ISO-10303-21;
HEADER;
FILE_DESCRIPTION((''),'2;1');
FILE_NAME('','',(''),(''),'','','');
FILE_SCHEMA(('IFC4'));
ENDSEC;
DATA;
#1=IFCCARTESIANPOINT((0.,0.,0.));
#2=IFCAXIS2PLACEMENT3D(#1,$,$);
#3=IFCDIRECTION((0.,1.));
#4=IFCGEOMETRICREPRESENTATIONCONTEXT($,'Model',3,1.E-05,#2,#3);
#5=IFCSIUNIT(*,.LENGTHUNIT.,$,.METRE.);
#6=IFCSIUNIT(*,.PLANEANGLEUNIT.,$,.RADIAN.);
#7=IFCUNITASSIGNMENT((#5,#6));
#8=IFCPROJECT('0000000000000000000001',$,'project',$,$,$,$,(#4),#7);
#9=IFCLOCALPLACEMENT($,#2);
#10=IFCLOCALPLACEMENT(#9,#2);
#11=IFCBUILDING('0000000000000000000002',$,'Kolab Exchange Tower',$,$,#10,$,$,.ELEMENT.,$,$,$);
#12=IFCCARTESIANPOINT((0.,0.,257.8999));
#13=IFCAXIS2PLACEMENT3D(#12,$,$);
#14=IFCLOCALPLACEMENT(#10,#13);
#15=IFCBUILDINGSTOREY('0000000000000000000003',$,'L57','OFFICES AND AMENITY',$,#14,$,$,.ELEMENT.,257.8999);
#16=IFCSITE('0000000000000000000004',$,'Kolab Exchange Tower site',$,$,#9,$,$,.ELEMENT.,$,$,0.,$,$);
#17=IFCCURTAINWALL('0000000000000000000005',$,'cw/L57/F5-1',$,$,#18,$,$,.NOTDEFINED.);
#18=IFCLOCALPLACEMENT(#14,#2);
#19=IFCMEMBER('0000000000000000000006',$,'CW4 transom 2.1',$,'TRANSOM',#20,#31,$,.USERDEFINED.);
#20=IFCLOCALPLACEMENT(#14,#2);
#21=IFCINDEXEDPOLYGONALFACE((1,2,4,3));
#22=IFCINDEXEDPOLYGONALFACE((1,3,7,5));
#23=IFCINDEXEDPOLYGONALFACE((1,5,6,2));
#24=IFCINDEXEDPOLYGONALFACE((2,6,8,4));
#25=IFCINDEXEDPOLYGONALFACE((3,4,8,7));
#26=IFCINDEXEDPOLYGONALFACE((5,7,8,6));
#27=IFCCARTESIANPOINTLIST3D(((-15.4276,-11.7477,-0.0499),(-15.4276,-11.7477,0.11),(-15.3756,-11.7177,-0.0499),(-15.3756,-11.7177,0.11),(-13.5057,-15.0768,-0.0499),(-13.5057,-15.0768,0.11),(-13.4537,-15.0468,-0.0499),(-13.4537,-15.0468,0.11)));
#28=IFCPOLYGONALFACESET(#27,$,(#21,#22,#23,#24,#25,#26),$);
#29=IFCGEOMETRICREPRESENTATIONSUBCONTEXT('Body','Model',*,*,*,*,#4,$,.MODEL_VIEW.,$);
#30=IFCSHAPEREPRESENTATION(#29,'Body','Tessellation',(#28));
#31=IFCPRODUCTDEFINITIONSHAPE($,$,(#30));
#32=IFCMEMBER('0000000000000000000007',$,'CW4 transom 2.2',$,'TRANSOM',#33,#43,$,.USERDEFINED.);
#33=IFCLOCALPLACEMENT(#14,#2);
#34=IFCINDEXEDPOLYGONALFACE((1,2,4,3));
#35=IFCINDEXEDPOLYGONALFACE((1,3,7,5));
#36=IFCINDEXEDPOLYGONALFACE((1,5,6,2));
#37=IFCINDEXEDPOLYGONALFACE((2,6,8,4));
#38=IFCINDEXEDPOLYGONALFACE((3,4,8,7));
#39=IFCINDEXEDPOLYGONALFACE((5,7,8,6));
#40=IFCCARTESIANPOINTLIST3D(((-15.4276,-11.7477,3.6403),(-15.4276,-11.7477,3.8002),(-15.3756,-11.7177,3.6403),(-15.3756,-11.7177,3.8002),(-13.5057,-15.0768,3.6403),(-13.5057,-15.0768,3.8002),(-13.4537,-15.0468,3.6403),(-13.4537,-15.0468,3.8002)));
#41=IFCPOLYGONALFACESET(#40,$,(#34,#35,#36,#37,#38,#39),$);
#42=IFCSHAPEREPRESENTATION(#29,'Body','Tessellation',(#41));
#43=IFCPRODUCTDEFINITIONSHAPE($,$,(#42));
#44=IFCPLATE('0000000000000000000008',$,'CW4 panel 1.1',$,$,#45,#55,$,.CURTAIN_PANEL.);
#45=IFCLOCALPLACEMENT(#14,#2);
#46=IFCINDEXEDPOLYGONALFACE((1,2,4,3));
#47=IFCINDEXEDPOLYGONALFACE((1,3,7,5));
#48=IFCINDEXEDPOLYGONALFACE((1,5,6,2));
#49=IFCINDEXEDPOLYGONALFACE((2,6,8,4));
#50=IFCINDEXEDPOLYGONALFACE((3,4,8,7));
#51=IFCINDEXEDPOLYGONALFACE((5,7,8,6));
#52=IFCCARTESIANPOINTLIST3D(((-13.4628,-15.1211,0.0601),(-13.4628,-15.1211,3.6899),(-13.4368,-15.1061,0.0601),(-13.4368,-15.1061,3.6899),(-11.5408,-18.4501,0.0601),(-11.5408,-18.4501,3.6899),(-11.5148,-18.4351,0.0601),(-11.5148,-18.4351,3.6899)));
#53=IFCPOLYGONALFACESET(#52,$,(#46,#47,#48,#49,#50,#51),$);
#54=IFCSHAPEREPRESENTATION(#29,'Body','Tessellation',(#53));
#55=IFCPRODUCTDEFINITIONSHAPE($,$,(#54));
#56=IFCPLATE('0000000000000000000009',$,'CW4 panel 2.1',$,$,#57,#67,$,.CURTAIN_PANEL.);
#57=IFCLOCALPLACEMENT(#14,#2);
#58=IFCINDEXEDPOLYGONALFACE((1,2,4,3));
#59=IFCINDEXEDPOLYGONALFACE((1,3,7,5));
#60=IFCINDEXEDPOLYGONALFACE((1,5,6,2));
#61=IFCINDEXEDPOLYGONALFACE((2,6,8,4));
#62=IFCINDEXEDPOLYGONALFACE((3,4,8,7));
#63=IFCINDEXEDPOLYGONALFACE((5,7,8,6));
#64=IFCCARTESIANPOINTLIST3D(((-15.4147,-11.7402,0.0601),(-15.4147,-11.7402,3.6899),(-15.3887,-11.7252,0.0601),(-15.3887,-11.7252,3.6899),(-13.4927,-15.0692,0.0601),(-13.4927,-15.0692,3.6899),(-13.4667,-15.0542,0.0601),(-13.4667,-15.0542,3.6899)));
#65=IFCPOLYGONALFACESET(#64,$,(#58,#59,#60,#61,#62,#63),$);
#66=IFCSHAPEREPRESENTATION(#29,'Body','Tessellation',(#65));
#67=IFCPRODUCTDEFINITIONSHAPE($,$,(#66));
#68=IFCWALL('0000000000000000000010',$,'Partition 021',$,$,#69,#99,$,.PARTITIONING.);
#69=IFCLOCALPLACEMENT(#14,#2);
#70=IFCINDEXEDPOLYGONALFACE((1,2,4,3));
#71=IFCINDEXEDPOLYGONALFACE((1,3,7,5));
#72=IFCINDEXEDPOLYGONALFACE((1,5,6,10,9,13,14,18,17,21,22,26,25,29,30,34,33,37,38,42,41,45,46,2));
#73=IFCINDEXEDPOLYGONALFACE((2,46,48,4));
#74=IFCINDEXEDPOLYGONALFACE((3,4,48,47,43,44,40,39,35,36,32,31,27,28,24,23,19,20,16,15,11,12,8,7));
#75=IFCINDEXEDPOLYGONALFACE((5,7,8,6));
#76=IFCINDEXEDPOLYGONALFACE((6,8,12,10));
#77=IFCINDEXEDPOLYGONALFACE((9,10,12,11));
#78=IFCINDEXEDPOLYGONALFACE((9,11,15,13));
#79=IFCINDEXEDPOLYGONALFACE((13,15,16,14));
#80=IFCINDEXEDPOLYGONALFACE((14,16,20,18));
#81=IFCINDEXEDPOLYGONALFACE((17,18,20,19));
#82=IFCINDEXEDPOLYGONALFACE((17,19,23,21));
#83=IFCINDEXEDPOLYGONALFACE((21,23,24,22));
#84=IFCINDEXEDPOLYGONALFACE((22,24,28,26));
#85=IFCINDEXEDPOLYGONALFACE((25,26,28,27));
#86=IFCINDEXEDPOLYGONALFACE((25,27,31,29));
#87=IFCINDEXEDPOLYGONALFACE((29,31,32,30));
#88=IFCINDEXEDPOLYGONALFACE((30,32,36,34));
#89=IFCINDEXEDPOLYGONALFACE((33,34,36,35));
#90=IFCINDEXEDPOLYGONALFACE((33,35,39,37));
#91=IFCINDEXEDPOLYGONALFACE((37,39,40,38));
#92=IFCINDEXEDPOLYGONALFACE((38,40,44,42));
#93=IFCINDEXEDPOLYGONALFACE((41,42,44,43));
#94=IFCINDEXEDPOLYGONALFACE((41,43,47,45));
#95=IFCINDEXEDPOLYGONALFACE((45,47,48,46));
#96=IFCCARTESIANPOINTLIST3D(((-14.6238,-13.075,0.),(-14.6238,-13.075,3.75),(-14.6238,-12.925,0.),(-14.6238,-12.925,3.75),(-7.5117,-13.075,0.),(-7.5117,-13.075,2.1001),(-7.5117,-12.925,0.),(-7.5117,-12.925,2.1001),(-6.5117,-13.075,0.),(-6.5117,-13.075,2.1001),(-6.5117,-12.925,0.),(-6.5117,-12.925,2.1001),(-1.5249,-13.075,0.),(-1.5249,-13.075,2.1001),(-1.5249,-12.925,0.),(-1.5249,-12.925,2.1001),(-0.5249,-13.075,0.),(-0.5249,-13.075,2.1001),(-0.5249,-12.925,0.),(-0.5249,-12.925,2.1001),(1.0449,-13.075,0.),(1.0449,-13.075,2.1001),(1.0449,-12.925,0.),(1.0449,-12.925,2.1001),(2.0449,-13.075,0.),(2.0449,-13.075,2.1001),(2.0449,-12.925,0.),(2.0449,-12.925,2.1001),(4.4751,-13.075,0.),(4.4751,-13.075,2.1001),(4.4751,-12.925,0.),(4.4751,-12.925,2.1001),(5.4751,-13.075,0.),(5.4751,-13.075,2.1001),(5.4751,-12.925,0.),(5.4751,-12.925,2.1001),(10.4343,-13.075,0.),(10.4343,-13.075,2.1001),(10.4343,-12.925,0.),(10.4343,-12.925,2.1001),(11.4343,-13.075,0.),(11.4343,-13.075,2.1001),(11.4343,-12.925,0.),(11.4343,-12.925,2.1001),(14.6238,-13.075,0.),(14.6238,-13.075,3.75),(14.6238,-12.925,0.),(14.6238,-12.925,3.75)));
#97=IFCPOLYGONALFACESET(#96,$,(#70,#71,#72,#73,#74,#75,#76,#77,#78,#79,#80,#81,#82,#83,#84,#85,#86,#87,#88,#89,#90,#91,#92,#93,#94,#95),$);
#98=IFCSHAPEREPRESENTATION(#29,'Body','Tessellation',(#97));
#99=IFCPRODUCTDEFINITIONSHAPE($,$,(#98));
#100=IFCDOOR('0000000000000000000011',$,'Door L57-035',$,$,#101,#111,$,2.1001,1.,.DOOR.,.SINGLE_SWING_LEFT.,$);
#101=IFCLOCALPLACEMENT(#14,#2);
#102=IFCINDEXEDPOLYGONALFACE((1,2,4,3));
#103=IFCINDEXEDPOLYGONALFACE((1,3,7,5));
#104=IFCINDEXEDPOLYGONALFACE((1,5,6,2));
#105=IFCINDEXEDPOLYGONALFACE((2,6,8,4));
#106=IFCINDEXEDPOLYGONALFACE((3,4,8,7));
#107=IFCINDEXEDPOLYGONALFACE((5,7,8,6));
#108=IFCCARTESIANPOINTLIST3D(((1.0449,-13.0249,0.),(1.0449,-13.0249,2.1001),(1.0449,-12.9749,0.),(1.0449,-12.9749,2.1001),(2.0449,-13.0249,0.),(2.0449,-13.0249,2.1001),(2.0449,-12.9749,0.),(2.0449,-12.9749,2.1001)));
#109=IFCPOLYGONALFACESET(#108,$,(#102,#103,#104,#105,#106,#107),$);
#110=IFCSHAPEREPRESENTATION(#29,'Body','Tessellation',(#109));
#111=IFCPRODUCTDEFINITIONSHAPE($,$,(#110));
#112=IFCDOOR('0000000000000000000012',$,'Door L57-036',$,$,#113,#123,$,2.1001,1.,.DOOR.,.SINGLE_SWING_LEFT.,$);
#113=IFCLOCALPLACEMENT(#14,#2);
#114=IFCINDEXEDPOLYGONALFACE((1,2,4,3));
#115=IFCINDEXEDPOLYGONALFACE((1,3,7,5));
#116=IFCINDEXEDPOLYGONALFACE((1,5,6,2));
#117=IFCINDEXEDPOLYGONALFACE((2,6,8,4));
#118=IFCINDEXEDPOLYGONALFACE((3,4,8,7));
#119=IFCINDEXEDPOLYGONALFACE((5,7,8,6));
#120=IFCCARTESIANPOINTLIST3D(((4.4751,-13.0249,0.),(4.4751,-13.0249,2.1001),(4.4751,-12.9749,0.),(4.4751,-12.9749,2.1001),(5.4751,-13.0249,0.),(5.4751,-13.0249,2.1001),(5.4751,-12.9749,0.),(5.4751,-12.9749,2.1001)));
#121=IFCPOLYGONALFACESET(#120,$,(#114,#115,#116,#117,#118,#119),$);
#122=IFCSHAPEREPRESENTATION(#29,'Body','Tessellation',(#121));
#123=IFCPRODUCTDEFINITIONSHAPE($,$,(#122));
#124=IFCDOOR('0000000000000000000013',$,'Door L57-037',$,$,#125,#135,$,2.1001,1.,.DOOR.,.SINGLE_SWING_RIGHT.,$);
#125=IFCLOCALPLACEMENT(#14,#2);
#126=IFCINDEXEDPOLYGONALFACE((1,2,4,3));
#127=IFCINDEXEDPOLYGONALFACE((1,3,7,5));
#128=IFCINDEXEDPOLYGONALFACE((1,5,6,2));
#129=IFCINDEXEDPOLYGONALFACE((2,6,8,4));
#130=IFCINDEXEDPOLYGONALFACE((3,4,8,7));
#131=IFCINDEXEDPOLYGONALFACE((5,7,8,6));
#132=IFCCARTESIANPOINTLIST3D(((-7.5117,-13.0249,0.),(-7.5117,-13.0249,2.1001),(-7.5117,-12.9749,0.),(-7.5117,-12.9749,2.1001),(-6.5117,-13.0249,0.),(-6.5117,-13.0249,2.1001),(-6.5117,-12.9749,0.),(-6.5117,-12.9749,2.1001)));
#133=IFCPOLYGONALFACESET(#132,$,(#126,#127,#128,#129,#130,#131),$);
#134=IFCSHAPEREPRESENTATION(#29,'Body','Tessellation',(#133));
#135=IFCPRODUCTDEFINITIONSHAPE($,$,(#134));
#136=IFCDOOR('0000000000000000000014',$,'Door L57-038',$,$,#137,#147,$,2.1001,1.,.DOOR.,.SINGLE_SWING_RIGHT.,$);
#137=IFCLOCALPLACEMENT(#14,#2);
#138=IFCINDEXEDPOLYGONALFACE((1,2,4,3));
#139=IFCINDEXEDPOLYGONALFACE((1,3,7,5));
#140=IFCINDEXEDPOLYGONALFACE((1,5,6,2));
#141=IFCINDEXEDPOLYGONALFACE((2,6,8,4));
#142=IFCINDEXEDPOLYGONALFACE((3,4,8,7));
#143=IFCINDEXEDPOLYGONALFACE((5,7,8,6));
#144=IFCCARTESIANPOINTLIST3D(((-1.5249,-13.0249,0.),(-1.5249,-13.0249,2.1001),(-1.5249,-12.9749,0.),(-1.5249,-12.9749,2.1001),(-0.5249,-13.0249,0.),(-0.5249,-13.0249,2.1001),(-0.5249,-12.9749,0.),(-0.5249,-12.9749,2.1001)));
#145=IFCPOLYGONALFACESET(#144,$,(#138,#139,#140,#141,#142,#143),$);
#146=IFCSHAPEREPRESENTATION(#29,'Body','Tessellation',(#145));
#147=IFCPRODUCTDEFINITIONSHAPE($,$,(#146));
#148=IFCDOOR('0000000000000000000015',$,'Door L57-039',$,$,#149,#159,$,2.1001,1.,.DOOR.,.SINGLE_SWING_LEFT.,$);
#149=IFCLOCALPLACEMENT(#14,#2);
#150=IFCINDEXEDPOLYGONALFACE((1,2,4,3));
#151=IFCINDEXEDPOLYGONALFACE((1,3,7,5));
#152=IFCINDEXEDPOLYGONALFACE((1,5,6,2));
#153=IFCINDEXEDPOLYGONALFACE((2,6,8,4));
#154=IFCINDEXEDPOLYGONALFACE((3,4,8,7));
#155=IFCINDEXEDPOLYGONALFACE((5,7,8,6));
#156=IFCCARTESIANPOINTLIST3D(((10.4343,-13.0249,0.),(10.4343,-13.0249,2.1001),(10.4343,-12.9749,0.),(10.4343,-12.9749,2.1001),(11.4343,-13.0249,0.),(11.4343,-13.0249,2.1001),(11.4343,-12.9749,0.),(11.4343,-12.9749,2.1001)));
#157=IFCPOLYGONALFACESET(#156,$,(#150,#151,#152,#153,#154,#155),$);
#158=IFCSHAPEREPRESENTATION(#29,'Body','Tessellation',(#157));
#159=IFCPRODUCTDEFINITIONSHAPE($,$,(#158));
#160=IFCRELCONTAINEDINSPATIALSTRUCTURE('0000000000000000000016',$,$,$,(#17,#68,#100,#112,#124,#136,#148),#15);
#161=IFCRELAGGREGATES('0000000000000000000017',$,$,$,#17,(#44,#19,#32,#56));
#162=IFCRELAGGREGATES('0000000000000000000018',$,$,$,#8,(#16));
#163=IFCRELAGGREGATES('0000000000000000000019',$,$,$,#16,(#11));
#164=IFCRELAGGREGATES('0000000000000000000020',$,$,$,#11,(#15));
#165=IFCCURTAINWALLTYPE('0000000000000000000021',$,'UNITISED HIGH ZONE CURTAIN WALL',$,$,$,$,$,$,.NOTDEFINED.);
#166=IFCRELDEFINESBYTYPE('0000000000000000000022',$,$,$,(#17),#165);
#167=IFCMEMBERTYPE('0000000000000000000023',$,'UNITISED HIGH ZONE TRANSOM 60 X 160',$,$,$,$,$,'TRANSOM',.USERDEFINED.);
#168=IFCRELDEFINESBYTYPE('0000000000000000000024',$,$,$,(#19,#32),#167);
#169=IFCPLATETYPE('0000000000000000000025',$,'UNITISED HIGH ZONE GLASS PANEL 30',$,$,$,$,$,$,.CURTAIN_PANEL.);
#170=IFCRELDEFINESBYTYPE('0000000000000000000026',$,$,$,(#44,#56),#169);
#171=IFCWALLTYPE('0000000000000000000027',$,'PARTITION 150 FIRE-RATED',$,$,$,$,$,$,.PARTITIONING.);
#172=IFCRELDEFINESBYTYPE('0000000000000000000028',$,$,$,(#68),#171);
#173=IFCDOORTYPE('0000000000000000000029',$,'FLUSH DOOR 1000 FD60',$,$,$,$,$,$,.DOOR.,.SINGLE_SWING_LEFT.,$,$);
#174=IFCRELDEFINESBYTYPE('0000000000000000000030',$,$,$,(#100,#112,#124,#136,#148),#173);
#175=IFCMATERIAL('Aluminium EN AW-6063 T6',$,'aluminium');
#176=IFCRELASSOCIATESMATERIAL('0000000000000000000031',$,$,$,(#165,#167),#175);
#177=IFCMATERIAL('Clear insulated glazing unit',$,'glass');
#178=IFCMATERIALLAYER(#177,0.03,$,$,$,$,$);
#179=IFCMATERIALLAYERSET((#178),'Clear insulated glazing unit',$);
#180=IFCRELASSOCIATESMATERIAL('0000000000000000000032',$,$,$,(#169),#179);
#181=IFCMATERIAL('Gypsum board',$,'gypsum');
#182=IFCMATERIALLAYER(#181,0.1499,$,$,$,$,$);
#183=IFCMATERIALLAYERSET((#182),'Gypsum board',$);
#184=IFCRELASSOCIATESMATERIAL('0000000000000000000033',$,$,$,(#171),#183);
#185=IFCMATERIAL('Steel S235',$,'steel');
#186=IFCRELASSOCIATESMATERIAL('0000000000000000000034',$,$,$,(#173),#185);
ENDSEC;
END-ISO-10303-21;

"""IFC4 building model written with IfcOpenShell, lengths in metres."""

from ifc_helpers import new_model, si_unit, direction, frame, frame_2d, origin, origin_2d, place, context, subcontext, project, spatial, rectangle, extrude, material, layer, layer_set, material_profile, profile_set, type_object, element, fill, aggregate, save


model = new_model("IFC4")

# Units and contexts
model_context = context("Model", 3, precision=1e-05, world=origin(), true_north=direction((0.0, 1.0)))
body_context = subcontext(model_context, "Body", "Model", "MODEL_VIEW")
ifc_project = project(units=[si_unit("LENGTHUNIT", "METRE"), si_unit("PLANEANGLEUNIT", "RADIAN")], contexts=[model_context])

# Site, building, storey
site_placement = place(None, origin())
site = spatial("IfcSite", under=ifc_project, at=site_placement, Name="Kolab Exchange Tower site", CompositionType="ELEMENT", RefElevation=0.0)
building_placement = place(site_placement, origin())
building = spatial("IfcBuilding", under=site, at=building_placement, Name="Kolab Exchange Tower", CompositionType="ELEMENT")
storey_placement = place(building_placement, frame((0.0, 0.0, 257.8999)))
storey = spatial("IfcBuildingStorey", under=building, at=storey_placement, Name="L57", Description="OFFICES AND AMENITY", CompositionType="ELEMENT", Elevation=257.8999)

# Curtain wall
ifc_material_1 = material(Name="Aluminium EN AW-6063 T6", Category="aluminium")
curtain_wall_type = type_object("IfcCurtainWallType", Name="UNITISED HIGH ZONE CURTAIN WALL", PredefinedType="NOTDEFINED", material=ifc_material_1)
curtain_wall_1_placement = place(storey_placement, origin())
curtain_wall_1 = element("IfcCurtainWall", 1, at=curtain_wall_1_placement, inside=storey, type_object=curtain_wall_type, Name="cw/L57/F5-1", PredefinedType="NOTDEFINED")

# Members
ifc_material_profile_1 = material_profile(ifc_material_1, rectangle(XDim=0.0601, YDim=0.1599, at=origin_2d()), Name="RECT 60X160")
ifc_profile_set_1 = profile_set([ifc_material_profile_1], Name="Aluminium EN AW-6063 T6")
member_type_1 = type_object("IfcMemberType", Name="UNITISED HIGH ZONE TRANSOM 60 X 160", ElementType="TRANSOM", PredefinedType="USERDEFINED", material=ifc_profile_set_1)
member_1_placement = place(storey_placement, frame((-13.4797, -15.0618, 0.03), z_axis=(-0.499964, 0.866046, 0.0), x_axis=(-0.866046, -0.499964, 0.0)))
member_1 = element("IfcMember", 2, at=member_1_placement, type_object=member_type_1, Name="CW4 transom 2.1", ObjectType="TRANSOM", PredefinedType="USERDEFINED", context=body_context, shape_type="SweptSolid", body=[
    extrude(rectangle(XDim=0.0601, YDim=0.1599, at=origin_2d()), origin(), (0.0, 0.0, 1.0), 3.844),
])
member_2_placement = place(storey_placement, frame((-13.4797, -15.0618, 3.7202), z_axis=(-0.499964, 0.866046, 0.0), x_axis=(-0.866046, -0.499964, 0.0)))
member_2 = element("IfcMember", 3, at=member_2_placement, type_object=member_type_1, Name="CW4 transom 2.2", ObjectType="TRANSOM", PredefinedType="USERDEFINED", context=body_context, shape_type="SweptSolid", body=[
    extrude(rectangle(XDim=0.0601, YDim=0.1599, at=origin_2d()), origin(), (0.0, 0.0, 1.0), 3.844),
])

# Plates
ifc_material_2 = material(Name="Clear insulated glazing unit", Category="glass")
ifc_layer_1 = layer(ifc_material_2, 0.03)
ifc_layer_set_1 = layer_set([ifc_layer_1], Name="Clear insulated glazing unit")
plate_type = type_object("IfcPlateType", Name="UNITISED HIGH ZONE GLASS PANEL 30", PredefinedType="CURTAIN_PANEL", material=ifc_layer_set_1)
plate_1_placement = place(storey_placement, frame((-12.4888, -16.7781, 0.0601), z_axis=(0.0, 0.0, 1.0), x_axis=(-0.5, 0.866025, 0.0)))
plate_1 = element("IfcPlate", 4, at=plate_1_placement, type_object=plate_type, Name="CW4 panel 1.1", PredefinedType="CURTAIN_PANEL", context=body_context, shape_type="SweptSolid", body=[
    extrude(rectangle(XDim=3.844, YDim=0.03, at=origin_2d()), origin(), (0.0, 0.0, 1.0), 3.6299),
])
plate_2_placement = place(storey_placement, frame((-14.4407, -13.3972, 0.0601), z_axis=(0.0, 0.0, 1.0), x_axis=(-0.5, 0.866025, 0.0)))
plate_2 = element("IfcPlate", 5, at=plate_2_placement, type_object=plate_type, Name="CW4 panel 2.1", PredefinedType="CURTAIN_PANEL", context=body_context, shape_type="SweptSolid", body=[
    extrude(rectangle(XDim=3.844, YDim=0.03, at=origin_2d()), origin(), (0.0, 0.0, 1.0), 3.6299),
])
aggregate(curtain_wall_1, [plate_1, member_1, member_2, plate_2])

# Wall, openings, doors
ifc_material_3 = material(Name="Gypsum board", Category="gypsum")
ifc_layer_2 = layer(ifc_material_3, 0.1499)
ifc_layer_set_2 = layer_set([ifc_layer_2], Name="Gypsum board")
wall_type_1 = type_object("IfcWallType", Name="PARTITION 150 FIRE-RATED", PredefinedType="PARTITIONING", material=ifc_layer_set_2)
wall_1_placement = place(storey_placement, frame((-14.6238, -13.0, 0.0), z_axis=(0.0, 0.0, 1.0), x_axis=(1.0, 0.0, 0.0)))
wall_1 = element("IfcWall", 6, at=wall_1_placement, inside=storey, type_object=wall_type_1, Name="Partition 021", PredefinedType="PARTITIONING", context=body_context, shape_type="SweptSolid", body=[
    extrude(rectangle(XDim=29.2476, YDim=0.1499, at=frame_2d((14.6238, 0.0))), origin(), (0.0, 0.0, 1.0), 3.75),
])
opening_1_placement = place(wall_1_placement, frame((15.6687, 0.0, 0.0)))
opening_1 = element("IfcOpeningElement", 7, at=opening_1_placement, cuts=wall_1, PredefinedType="OPENING", context=body_context, shape_type="SweptSolid", body=[
    extrude(rectangle(XDim=1.0, YDim=2.1001, at=frame_2d((0.5, 1.05))), frame((0.0, 0.085, 0.0), z_axis=(0.0, -1.0, 0.0), x_axis=(1.0, 0.0, 0.0)), (0.0, 0.0, 1.0), 0.1699),
])
opening_2_placement = place(wall_1_placement, frame((19.0989, 0.0, 0.0)))
opening_2 = element("IfcOpeningElement", 8, at=opening_2_placement, cuts=wall_1, PredefinedType="OPENING", context=body_context, shape_type="SweptSolid", body=[
    extrude(rectangle(XDim=1.0, YDim=2.1001, at=frame_2d((0.5, 1.05))), frame((0.0, 0.085, 0.0), z_axis=(0.0, -1.0, 0.0), x_axis=(1.0, 0.0, 0.0)), (0.0, 0.0, 1.0), 0.1699),
])
opening_3_placement = place(wall_1_placement, frame((7.1121, 0.0, 0.0)))
opening_3 = element("IfcOpeningElement", 9, at=opening_3_placement, cuts=wall_1, PredefinedType="OPENING", context=body_context, shape_type="SweptSolid", body=[
    extrude(rectangle(XDim=1.0, YDim=2.1001, at=frame_2d((0.5, 1.05))), frame((0.0, 0.085, 0.0), z_axis=(0.0, -1.0, 0.0), x_axis=(1.0, 0.0, 0.0)), (0.0, 0.0, 1.0), 0.1699),
])
opening_4_placement = place(wall_1_placement, frame((13.0989, 0.0, 0.0)))
opening_4 = element("IfcOpeningElement", 10, at=opening_4_placement, cuts=wall_1, PredefinedType="OPENING", context=body_context, shape_type="SweptSolid", body=[
    extrude(rectangle(XDim=1.0, YDim=2.1001, at=frame_2d((0.5, 1.05))), frame((0.0, 0.085, 0.0), z_axis=(0.0, -1.0, 0.0), x_axis=(1.0, 0.0, 0.0)), (0.0, 0.0, 1.0), 0.1699),
])
opening_5_placement = place(wall_1_placement, frame((25.0581, 0.0, 0.0)))
opening_5 = element("IfcOpeningElement", 11, at=opening_5_placement, cuts=wall_1, PredefinedType="OPENING", context=body_context, shape_type="SweptSolid", body=[
    extrude(rectangle(XDim=1.0, YDim=2.1001, at=frame_2d((0.5, 1.05))), frame((0.0, 0.085, 0.0), z_axis=(0.0, -1.0, 0.0), x_axis=(1.0, 0.0, 0.0)), (0.0, 0.0, 1.0), 0.1699),
])
ifc_material_4 = material(Name="Steel S235", Category="steel")
door_type_1 = type_object("IfcDoorType", Name="FLUSH DOOR 1000 FD60", OperationType="SINGLE_SWING_LEFT", PredefinedType="DOOR", material=ifc_material_4)
door_1_placement = place(opening_1_placement, frame((1.0, 0.0, 0.0), z_axis=(0.0, 0.0, 1.0), x_axis=(-1.0, 0.0, 0.0)))
door_1 = element("IfcDoor", 12, at=door_1_placement, inside=storey, type_object=door_type_1, Name="Door L57-035", OperationType="SINGLE_SWING_LEFT", OverallHeight=2.1001, OverallWidth=1.0, PredefinedType="DOOR", context=body_context, shape_type="SweptSolid", body=[
    extrude(rectangle(XDim=1.0, YDim=2.1001, at=frame_2d((0.5, 1.05))), frame((0.0, 0.0249, 0.0), z_axis=(0.0, -1.0, 0.0), x_axis=(1.0, 0.0, 0.0)), (0.0, 0.0, 1.0), 0.05),
])
fill(opening_1, door_1)
door_2_placement = place(opening_2_placement, frame((1.0, 0.0, 0.0), z_axis=(0.0, 0.0, 1.0), x_axis=(-1.0, 0.0, 0.0)))
door_2 = element("IfcDoor", 13, at=door_2_placement, inside=storey, type_object=door_type_1, Name="Door L57-036", OperationType="SINGLE_SWING_LEFT", OverallHeight=2.1001, OverallWidth=1.0, PredefinedType="DOOR", context=body_context, shape_type="SweptSolid", body=[
    extrude(rectangle(XDim=1.0, YDim=2.1001, at=frame_2d((0.5, 1.05))), frame((0.0, 0.0249, 0.0), z_axis=(0.0, -1.0, 0.0), x_axis=(1.0, 0.0, 0.0)), (0.0, 0.0, 1.0), 0.05),
])
fill(opening_2, door_2)
door_3_placement = place(opening_3_placement, frame((1.0, 0.0, 0.0), z_axis=(0.0, 0.0, 1.0), x_axis=(-1.0, 0.0, 0.0)))
door_3 = element("IfcDoor", 14, at=door_3_placement, inside=storey, type_object=door_type_1, Name="Door L57-037", OperationType="SINGLE_SWING_RIGHT", OverallHeight=2.1001, OverallWidth=1.0, PredefinedType="DOOR", context=body_context, shape_type="SweptSolid", body=[
    extrude(rectangle(XDim=1.0, YDim=2.1001, at=frame_2d((0.5, 1.05))), frame((0.0, 0.0249, 0.0), z_axis=(0.0, -1.0, 0.0), x_axis=(1.0, 0.0, 0.0)), (0.0, 0.0, 1.0), 0.05),
])
fill(opening_3, door_3)
door_4_placement = place(opening_4_placement, frame((1.0, 0.0, 0.0), z_axis=(0.0, 0.0, 1.0), x_axis=(-1.0, 0.0, 0.0)))
door_4 = element("IfcDoor", 15, at=door_4_placement, inside=storey, type_object=door_type_1, Name="Door L57-038", OperationType="SINGLE_SWING_RIGHT", OverallHeight=2.1001, OverallWidth=1.0, PredefinedType="DOOR", context=body_context, shape_type="SweptSolid", body=[
    extrude(rectangle(XDim=1.0, YDim=2.1001, at=frame_2d((0.5, 1.05))), frame((0.0, 0.0249, 0.0), z_axis=(0.0, -1.0, 0.0), x_axis=(1.0, 0.0, 0.0)), (0.0, 0.0, 1.0), 0.05),
])
fill(opening_4, door_4)
door_5_placement = place(opening_5_placement, frame((1.0, 0.0, 0.0), z_axis=(0.0, 0.0, 1.0), x_axis=(-1.0, 0.0, 0.0)))
door_5 = element("IfcDoor", 16, at=door_5_placement, inside=storey, type_object=door_type_1, Name="Door L57-039", OperationType="SINGLE_SWING_LEFT", OverallHeight=2.1001, OverallWidth=1.0, PredefinedType="DOOR", context=body_context, shape_type="SweptSolid", body=[
    extrude(rectangle(XDim=1.0, YDim=2.1001, at=frame_2d((0.5, 1.05))), frame((0.0, 0.0249, 0.0), z_axis=(0.0, -1.0, 0.0), x_axis=(1.0, 0.0, 0.0)), (0.0, 0.0, 1.0), 0.05),
])
fill(opening_5, door_5)

save(model, "model.ifc")
